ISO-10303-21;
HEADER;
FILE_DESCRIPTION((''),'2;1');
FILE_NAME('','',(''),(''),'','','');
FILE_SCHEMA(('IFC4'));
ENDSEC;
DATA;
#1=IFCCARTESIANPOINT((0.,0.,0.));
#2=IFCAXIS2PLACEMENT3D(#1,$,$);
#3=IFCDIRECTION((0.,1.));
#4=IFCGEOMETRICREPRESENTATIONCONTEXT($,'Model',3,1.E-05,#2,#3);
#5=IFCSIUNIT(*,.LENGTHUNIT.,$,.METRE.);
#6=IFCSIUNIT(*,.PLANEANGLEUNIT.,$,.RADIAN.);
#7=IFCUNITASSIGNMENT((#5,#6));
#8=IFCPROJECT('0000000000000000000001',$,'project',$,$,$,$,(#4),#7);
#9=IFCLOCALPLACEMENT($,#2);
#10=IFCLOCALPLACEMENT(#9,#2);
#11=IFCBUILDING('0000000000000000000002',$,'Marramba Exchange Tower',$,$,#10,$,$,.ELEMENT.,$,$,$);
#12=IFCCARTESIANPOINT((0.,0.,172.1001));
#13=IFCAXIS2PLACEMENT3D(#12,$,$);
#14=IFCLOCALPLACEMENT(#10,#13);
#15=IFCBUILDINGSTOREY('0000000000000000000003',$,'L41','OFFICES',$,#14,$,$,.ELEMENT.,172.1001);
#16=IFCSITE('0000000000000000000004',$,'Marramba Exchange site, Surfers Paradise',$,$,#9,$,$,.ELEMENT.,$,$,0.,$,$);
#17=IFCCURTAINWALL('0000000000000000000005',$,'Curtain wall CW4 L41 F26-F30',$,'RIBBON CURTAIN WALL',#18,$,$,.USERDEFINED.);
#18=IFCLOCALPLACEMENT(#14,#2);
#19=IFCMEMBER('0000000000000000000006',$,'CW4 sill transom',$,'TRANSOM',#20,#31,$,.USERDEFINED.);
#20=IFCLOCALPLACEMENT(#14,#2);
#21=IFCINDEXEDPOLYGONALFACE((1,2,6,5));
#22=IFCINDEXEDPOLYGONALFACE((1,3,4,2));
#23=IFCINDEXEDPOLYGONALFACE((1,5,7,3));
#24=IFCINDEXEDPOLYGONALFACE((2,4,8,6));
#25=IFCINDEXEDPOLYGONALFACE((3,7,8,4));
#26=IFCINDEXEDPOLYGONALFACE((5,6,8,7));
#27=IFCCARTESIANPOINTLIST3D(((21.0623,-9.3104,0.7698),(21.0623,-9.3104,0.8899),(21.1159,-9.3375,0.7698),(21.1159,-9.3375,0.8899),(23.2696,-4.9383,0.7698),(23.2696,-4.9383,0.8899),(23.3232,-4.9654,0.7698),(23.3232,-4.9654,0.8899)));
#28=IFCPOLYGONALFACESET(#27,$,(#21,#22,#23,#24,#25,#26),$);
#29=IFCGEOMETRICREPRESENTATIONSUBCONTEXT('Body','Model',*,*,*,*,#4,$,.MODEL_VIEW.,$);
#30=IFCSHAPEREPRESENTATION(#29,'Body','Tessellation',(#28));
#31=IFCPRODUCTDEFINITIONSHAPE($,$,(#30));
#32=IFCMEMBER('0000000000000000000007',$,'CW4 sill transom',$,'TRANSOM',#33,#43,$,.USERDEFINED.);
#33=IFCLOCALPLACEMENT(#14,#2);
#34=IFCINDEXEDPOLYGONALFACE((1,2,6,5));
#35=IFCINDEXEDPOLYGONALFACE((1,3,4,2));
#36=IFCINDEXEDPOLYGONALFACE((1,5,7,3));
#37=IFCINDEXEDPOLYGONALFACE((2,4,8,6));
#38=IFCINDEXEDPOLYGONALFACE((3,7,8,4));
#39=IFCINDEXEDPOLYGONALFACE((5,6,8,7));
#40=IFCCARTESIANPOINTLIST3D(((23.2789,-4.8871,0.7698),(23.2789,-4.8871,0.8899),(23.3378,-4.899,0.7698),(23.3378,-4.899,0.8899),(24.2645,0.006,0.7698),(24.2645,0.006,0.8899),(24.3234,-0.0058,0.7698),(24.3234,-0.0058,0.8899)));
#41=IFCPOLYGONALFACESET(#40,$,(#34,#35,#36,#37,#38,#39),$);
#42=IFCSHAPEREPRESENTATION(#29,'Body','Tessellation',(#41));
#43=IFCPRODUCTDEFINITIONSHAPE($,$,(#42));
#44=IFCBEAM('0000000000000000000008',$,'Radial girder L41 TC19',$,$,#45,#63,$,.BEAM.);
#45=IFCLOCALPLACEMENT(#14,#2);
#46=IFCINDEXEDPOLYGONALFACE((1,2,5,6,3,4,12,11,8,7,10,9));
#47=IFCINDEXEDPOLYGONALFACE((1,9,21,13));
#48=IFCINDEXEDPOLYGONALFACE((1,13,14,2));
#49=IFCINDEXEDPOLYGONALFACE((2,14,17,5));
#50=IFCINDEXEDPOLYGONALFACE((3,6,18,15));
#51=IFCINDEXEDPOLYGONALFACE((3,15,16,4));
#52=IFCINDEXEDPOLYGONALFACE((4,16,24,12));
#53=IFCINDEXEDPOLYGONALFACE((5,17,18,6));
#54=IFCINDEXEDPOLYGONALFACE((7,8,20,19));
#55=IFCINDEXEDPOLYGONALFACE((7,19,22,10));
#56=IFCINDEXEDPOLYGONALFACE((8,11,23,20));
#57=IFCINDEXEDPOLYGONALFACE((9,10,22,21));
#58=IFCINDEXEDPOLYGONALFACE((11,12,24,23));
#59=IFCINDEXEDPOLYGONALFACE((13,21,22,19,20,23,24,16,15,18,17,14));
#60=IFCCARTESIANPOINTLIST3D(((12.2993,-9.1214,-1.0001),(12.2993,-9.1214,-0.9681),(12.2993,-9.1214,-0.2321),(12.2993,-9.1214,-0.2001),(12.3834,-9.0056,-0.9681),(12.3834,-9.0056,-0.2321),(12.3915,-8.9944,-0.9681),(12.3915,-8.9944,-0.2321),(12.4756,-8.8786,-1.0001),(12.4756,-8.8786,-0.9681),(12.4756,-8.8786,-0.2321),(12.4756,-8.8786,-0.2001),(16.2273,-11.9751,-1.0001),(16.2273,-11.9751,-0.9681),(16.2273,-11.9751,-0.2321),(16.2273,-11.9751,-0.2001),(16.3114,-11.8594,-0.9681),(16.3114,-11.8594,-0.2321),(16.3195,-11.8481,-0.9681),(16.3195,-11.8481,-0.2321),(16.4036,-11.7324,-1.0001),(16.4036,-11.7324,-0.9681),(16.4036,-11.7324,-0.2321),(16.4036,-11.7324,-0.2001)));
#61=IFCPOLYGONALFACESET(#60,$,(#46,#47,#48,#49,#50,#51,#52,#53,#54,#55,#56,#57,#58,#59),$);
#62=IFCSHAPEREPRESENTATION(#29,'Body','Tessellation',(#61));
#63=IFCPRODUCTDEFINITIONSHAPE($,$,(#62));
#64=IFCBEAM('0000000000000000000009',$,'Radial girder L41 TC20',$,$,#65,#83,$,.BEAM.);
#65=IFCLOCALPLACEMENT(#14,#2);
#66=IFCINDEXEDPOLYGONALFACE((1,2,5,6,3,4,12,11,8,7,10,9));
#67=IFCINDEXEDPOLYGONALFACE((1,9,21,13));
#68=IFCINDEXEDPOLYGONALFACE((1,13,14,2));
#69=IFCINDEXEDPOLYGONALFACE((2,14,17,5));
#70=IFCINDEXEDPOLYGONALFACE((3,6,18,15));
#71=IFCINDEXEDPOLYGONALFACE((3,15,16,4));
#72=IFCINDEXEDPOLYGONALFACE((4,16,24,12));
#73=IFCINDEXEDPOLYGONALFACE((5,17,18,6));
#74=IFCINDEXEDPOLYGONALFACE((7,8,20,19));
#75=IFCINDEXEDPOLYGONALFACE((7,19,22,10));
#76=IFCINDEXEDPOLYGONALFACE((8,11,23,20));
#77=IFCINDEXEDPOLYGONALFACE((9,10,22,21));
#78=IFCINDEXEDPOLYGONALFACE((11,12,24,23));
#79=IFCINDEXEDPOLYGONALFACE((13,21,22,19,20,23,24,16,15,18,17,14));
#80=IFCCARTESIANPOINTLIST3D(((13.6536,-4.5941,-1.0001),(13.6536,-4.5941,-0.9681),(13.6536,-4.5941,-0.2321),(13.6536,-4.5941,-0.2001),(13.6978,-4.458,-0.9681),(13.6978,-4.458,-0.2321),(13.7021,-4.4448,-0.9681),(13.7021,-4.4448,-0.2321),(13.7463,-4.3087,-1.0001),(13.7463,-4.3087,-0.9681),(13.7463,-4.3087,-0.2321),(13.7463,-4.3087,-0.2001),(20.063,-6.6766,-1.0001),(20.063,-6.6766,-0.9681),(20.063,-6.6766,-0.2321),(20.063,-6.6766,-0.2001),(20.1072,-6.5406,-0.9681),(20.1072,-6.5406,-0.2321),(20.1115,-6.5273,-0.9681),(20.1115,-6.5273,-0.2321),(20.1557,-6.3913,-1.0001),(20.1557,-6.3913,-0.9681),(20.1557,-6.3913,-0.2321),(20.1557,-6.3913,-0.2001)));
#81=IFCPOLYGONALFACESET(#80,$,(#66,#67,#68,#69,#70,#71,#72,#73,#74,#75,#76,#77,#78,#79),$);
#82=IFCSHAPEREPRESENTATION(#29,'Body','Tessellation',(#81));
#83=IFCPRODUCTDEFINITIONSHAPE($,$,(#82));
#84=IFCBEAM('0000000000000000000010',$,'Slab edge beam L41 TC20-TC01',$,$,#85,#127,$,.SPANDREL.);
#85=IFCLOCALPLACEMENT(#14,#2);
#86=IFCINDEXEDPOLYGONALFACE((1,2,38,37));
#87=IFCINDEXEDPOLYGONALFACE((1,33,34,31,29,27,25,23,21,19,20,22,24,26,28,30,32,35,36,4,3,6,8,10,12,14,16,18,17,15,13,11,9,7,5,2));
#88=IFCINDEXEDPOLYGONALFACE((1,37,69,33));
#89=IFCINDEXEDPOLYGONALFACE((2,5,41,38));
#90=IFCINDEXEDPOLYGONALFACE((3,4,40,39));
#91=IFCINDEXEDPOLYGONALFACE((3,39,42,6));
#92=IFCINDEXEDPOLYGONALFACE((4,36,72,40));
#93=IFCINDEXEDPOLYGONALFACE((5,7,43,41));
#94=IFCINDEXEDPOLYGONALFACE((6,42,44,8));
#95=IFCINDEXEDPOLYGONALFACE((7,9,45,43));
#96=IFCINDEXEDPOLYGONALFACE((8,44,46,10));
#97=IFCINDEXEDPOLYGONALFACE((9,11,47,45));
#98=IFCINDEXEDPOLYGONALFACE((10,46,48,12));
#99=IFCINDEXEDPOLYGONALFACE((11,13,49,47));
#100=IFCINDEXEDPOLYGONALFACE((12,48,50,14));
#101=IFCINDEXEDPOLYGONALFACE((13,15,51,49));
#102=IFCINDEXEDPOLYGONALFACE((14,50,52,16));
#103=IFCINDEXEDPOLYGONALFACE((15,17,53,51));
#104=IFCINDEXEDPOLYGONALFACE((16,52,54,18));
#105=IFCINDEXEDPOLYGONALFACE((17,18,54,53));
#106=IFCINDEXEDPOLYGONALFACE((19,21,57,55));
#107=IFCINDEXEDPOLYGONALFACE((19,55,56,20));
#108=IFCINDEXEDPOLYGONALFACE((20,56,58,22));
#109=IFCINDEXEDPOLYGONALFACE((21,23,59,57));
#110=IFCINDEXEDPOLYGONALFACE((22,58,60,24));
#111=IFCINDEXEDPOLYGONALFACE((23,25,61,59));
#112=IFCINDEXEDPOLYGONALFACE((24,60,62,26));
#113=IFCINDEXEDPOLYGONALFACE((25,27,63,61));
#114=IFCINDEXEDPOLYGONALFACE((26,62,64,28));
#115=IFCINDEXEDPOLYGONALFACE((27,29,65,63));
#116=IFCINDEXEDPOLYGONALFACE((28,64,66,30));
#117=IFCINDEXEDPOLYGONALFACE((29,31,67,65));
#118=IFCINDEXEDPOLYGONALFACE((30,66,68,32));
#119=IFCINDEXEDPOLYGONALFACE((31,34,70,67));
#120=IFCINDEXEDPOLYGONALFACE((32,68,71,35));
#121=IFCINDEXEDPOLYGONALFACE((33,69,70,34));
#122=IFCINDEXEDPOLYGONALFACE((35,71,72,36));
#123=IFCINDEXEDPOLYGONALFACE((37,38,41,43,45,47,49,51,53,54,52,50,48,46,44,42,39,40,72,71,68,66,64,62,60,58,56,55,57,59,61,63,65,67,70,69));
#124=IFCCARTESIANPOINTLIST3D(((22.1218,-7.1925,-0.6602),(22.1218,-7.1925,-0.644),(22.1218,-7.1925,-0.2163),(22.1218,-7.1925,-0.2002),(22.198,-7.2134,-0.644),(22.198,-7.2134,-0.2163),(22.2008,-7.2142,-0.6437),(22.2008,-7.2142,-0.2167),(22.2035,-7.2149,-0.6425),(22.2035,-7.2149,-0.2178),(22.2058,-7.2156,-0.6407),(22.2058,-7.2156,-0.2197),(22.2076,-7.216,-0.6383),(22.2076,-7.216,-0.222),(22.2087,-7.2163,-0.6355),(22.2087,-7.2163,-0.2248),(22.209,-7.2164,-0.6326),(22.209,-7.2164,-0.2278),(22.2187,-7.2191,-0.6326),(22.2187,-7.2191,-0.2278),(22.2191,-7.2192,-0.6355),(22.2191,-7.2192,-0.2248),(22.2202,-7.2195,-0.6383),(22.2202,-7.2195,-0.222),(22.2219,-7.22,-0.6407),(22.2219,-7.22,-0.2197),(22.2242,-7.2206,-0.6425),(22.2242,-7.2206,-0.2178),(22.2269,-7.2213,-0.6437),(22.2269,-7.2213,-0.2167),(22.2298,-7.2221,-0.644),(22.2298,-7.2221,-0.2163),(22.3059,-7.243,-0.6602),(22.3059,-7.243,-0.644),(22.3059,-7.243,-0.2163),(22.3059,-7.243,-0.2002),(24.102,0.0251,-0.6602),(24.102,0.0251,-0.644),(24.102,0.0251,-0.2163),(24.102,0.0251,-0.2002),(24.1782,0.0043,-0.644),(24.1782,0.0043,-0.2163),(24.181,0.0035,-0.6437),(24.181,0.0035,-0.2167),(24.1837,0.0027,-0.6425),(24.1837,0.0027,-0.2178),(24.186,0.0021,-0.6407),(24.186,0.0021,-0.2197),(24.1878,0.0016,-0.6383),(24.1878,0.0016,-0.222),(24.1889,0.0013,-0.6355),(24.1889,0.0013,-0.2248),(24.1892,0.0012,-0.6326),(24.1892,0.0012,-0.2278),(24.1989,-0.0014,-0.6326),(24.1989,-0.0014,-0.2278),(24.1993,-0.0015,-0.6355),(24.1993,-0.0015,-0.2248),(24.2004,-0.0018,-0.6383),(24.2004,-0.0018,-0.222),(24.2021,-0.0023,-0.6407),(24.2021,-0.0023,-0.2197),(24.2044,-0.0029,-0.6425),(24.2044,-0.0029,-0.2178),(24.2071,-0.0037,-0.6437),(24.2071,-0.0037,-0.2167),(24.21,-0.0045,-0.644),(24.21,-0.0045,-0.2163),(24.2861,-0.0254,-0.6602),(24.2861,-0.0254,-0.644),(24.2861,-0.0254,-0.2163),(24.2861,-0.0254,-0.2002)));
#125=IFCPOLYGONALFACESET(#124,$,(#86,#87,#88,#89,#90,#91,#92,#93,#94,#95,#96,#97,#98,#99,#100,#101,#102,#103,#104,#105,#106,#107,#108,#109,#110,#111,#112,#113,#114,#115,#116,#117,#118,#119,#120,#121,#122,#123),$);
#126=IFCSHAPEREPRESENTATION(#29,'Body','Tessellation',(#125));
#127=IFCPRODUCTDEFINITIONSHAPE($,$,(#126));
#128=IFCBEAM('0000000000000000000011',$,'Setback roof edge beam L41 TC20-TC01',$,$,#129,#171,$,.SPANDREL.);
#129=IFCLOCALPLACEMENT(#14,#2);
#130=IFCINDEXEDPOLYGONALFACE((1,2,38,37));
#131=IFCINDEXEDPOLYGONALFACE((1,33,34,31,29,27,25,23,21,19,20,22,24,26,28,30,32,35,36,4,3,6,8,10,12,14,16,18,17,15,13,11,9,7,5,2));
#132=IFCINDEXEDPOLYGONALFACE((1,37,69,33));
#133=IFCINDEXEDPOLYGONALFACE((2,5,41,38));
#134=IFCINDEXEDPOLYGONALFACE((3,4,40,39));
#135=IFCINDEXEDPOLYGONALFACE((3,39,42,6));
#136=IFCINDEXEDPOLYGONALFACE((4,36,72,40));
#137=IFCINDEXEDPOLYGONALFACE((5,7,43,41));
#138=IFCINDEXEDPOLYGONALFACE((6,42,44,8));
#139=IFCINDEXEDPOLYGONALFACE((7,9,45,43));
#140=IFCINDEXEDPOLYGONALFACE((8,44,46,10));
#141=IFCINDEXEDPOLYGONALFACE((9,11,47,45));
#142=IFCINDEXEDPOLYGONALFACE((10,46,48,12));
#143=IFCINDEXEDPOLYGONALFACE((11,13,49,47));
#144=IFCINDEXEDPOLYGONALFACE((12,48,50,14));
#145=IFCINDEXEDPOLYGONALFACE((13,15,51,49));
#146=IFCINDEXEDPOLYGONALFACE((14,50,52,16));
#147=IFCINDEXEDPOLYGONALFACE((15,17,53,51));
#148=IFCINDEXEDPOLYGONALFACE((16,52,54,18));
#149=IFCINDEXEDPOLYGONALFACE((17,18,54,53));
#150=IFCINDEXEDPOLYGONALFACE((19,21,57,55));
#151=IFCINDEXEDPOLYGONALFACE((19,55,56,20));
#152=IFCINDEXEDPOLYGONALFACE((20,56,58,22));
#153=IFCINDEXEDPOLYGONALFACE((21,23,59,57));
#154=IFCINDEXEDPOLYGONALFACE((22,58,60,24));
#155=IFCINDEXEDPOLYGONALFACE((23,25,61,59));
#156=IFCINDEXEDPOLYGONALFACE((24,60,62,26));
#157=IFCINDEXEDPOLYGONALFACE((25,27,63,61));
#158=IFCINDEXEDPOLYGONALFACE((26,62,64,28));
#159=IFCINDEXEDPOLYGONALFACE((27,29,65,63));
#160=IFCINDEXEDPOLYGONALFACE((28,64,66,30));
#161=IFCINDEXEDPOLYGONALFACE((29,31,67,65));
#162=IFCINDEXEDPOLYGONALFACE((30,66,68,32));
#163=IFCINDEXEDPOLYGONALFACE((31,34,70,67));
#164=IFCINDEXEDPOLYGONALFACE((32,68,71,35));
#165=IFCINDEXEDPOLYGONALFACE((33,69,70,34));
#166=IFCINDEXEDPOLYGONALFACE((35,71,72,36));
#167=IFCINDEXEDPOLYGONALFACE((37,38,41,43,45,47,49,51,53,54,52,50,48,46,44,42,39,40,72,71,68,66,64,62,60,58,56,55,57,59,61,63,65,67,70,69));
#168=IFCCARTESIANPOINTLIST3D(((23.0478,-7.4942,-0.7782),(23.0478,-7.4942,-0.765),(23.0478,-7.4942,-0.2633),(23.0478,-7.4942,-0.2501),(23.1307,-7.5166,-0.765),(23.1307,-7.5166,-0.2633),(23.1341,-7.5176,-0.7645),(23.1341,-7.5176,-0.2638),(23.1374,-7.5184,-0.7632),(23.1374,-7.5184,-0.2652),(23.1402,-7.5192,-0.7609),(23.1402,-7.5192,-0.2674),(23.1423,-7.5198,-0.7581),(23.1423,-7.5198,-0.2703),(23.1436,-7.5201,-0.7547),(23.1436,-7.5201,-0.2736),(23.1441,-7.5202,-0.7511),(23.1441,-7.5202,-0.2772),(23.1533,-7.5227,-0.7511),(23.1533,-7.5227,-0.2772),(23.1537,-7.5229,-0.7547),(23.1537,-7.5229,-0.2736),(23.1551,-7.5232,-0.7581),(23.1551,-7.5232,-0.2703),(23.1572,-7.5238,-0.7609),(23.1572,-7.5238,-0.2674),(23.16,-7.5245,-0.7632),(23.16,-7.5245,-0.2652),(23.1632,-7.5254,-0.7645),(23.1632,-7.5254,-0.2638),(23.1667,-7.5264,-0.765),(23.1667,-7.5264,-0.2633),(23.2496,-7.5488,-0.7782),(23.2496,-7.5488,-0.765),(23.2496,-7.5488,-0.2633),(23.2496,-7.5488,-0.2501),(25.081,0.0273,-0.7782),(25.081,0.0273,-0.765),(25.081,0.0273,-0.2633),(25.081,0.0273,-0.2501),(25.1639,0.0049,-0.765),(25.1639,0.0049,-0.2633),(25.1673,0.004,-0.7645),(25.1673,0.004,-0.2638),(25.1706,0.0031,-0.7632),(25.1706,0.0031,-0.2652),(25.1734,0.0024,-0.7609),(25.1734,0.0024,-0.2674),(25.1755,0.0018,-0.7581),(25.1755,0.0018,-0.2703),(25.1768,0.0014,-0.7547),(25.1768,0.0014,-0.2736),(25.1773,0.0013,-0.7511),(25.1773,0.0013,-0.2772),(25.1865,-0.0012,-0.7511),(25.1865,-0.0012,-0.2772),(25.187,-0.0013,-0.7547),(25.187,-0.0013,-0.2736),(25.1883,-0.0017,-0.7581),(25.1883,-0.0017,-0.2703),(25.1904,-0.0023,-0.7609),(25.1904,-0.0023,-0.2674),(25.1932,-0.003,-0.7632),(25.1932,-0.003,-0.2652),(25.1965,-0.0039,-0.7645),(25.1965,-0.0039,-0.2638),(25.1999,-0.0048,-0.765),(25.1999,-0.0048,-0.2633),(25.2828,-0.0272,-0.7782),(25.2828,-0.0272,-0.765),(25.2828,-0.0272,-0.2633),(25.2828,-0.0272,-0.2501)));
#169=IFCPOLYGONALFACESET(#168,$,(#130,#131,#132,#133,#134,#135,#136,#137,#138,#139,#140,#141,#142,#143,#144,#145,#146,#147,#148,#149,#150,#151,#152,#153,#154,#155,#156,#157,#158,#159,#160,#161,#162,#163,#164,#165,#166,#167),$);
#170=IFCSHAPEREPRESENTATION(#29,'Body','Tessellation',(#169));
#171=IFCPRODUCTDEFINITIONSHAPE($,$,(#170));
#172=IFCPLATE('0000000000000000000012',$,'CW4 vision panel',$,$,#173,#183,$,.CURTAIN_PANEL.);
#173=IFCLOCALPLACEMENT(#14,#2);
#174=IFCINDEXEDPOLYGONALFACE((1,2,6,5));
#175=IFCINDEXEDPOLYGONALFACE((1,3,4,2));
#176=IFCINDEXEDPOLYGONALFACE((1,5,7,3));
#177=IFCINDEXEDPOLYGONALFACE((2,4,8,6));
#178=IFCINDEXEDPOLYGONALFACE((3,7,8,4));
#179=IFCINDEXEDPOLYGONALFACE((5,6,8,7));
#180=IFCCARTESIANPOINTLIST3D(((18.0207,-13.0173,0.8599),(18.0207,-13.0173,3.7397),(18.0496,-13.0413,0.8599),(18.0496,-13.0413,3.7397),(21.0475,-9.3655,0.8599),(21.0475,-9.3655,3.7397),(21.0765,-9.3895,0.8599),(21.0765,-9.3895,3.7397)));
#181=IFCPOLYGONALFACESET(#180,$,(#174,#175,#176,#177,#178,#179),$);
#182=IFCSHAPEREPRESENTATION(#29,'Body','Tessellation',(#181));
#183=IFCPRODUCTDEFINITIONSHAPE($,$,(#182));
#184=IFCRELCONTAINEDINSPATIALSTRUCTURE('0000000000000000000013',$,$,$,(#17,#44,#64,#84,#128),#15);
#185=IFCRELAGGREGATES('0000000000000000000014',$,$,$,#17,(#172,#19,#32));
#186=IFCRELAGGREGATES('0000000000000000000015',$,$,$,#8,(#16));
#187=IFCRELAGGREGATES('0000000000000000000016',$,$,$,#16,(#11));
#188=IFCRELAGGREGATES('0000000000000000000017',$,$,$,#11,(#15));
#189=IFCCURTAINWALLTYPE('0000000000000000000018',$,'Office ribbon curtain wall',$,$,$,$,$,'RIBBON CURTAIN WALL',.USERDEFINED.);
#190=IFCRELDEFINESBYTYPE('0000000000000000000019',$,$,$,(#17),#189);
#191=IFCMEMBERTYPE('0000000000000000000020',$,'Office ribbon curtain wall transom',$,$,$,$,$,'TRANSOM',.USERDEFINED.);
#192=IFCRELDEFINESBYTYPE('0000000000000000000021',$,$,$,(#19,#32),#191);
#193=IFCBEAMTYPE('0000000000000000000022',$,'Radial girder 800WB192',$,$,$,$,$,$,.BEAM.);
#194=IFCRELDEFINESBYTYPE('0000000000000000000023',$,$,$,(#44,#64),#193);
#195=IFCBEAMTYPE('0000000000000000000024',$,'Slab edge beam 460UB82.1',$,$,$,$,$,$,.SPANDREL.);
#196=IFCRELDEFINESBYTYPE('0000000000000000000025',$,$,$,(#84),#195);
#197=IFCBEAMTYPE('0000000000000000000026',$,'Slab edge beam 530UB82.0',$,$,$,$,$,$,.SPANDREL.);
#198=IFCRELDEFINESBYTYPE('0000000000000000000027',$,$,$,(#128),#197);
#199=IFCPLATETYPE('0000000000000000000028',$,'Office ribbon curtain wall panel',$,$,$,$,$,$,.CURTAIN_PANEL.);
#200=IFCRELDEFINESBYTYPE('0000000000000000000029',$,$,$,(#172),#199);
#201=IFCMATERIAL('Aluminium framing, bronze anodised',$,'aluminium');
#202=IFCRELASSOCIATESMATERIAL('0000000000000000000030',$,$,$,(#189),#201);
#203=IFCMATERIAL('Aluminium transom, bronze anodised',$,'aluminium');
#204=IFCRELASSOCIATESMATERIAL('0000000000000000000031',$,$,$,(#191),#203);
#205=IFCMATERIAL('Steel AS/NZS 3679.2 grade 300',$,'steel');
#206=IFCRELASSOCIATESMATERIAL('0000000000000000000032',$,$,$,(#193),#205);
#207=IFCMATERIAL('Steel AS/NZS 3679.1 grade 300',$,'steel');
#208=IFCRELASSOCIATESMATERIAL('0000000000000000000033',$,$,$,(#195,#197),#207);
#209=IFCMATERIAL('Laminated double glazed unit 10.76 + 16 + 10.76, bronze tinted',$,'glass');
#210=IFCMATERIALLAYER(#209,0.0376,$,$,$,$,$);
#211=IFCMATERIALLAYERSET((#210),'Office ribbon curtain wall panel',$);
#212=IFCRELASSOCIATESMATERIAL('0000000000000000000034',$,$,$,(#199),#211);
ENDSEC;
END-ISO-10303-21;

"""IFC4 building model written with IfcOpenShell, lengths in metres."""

from ifc_helpers import new_model, si_unit, direction, frame, origin, origin_2d, place, context, subcontext, project, spatial, rectangle, i_section, extrude, material, layer, layer_set, material_profile, profile_set, type_object, element, aggregate, save


model = new_model("IFC4")

# Units and contexts
model_context = context("Model", 3, precision=1e-05, world=origin(), true_north=direction((0.0, 1.0)))
body_context = subcontext(model_context, "Body", "Model", "MODEL_VIEW")
ifc_project = project(units=[si_unit("LENGTHUNIT", "METRE"), si_unit("PLANEANGLEUNIT", "RADIAN")], contexts=[model_context])

# Site, building, storey
site_placement = place(None, origin())
site = spatial("IfcSite", under=ifc_project, at=site_placement, Name="Marramba Exchange site, Surfers Paradise", CompositionType="ELEMENT", RefElevation=0.0)
building_placement = place(site_placement, origin())
building = spatial("IfcBuilding", under=site, at=building_placement, Name="Marramba Exchange Tower", CompositionType="ELEMENT")
storey_placement = place(building_placement, frame((0.0, 0.0, 172.1001)))
storey = spatial("IfcBuildingStorey", under=building, at=storey_placement, Name="L41", Description="OFFICES", CompositionType="ELEMENT", Elevation=172.1001)

# Shared definitions
ifc_material_1 = material(Name="Steel AS/NZS 3679.2 grade 300", Category="steel")

# Shared definitions
ifc_material_2 = material(Name="Steel AS/NZS 3679.1 grade 300", Category="steel")

# Curtain wall, members
ifc_material_3 = material(Name="Aluminium framing, bronze anodised", Category="aluminium")
curtain_wall_type = type_object("IfcCurtainWallType", Name="Office ribbon curtain wall", ElementType="RIBBON CURTAIN WALL", PredefinedType="USERDEFINED", material=ifc_material_3)
curtain_wall_placement = place(storey_placement, origin())
curtain_wall = element("IfcCurtainWall", 1, at=curtain_wall_placement, inside=storey, type_object=curtain_wall_type, Name="Curtain wall CW4 L41 F26-F30", ObjectType="RIBBON CURTAIN WALL", PredefinedType="USERDEFINED")
ifc_material_4 = material(Name="Aluminium transom, bronze anodised", Category="aluminium")
ifc_material_profile_1 = material_profile(ifc_material_4, rectangle(XDim=0.0601, YDim=0.1201, at=origin_2d()), Name="CW4 transom 60x120")
ifc_profile_set_1 = profile_set([ifc_material_profile_1], Name="Aluminium transom, bronze anodised")
member_type_1 = type_object("IfcMemberType", Name="Office ribbon curtain wall transom", ElementType="TRANSOM", PredefinedType="USERDEFINED", material=ifc_profile_set_1)
member_1_placement = place(storey_placement, frame((21.0891, -9.324, 0.8298), z_axis=(0.45068, 0.892686, 0.0), x_axis=(-0.892686, 0.45068, 0.0)))
member_1 = element("IfcMember", 2, at=member_1_placement, type_object=member_type_1, Name="CW4 sill transom", ObjectType="TRANSOM", PredefinedType="USERDEFINED", context=body_context, shape_type="SweptSolid", body=[
    extrude(rectangle(XDim=0.0601, YDim=0.1201, at=origin_2d()), origin(), (0.0, 0.0, 1.0), 4.8977),
])
member_2_placement = place(storey_placement, frame((23.3083, -4.8931, 0.8298), z_axis=(0.197461, 0.980311, 0.0), x_axis=(-0.980311, 0.197461, 0.0)))
member_2 = element("IfcMember", 3, at=member_2_placement, type_object=member_type_1, Name="CW4 sill transom", ObjectType="TRANSOM", PredefinedType="USERDEFINED", context=body_context, shape_type="SweptSolid", body=[
    extrude(rectangle(XDim=0.0601, YDim=0.1201, at=origin_2d()), origin(), (0.0, 0.0, 1.0), 4.9915),
])

# Beams
ifc_material_profile_2 = material_profile(ifc_material_1, i_section(OverallWidth=0.3, OverallDepth=0.8, WebThickness=0.0139, FlangeThickness=0.032, at=origin_2d()), Name="800WB192")
ifc_profile_set_2 = profile_set([ifc_material_profile_2], Name="Steel AS/NZS 3679.2 grade 300")
beam_type_1 = type_object("IfcBeamType", Name="Radial girder 800WB192", PredefinedType="BEAM", material=ifc_profile_set_2)
beam_1_placement = place(storey_placement, frame((12.3875, -9.0, -0.6001), z_axis=(0.809025, -0.587774, 0.0), x_axis=(0.587774, 0.809025, 0.0)))
element("IfcBeam", 4, at=beam_1_placement, inside=storey, type_object=beam_type_1, Name="Radial girder L41 TC19", PredefinedType="BEAM", context=body_context, shape_type="SweptSolid", body=[
    extrude(i_section(OverallWidth=0.3, OverallDepth=0.8, WebThickness=0.0139, FlangeThickness=0.032, at=origin_2d()), origin(), (0.0, 0.0, 1.0), 4.8552),
])
beam_2_placement = place(storey_placement, frame((13.7, -4.4514, -0.6001), z_axis=(0.951058, -0.309013, 0.0), x_axis=(0.309013, 0.951058, 0.0)))
element("IfcBeam", 5, at=beam_2_placement, inside=storey, type_object=beam_type_1, Name="Radial girder L41 TC20", PredefinedType="BEAM", context=body_context, shape_type="SweptSolid", body=[
    extrude(i_section(OverallWidth=0.3, OverallDepth=0.8, WebThickness=0.0139, FlangeThickness=0.032, at=origin_2d()), origin(), (0.0, 0.0, 1.0), 6.7393),
])
ifc_material_profile_3 = material_profile(ifc_material_2, i_section(OverallWidth=0.1909, OverallDepth=0.46, WebThickness=0.01, FlangeThickness=0.0161, FilletRadius=0.0115, at=origin_2d()), Name="460UB82.1")
ifc_profile_set_3 = profile_set([ifc_material_profile_3], Name="Steel AS/NZS 3679.1 grade 300")
beam_type_2 = type_object("IfcBeamType", Name="Slab edge beam 460UB82.1", PredefinedType="SPANDREL", material=ifc_profile_set_3)
beam_3_placement = place(storey_placement, frame((22.2139, -7.2178, -0.4302), z_axis=(0.264577, 0.964365, 0.0), x_axis=(-0.964365, 0.264577, 0.0)))
element("IfcBeam", 6, at=beam_3_placement, inside=storey, type_object=beam_type_2, Name="Slab edge beam L41 TC20-TC01", PredefinedType="SPANDREL", context=body_context, shape_type="SweptSolid", body=[
    extrude(i_section(OverallWidth=0.1909, OverallDepth=0.46, WebThickness=0.01, FlangeThickness=0.0161, FilletRadius=0.0115, at=origin_2d()), origin(), (0.0, 0.0, 1.0), 7.4844),
])
ifc_material_profile_4 = material_profile(ifc_material_2, i_section(OverallWidth=0.209, OverallDepth=0.5281, WebThickness=0.0095, FlangeThickness=0.0132, FilletRadius=0.0139, at=origin_2d()), Name="530UB82.0")
ifc_profile_set_4 = profile_set([ifc_material_profile_4], Name="Steel AS/NZS 3679.1 grade 300")
beam_type_3 = type_object("IfcBeamType", Name="Slab edge beam 530UB82.0", PredefinedType="SPANDREL", material=ifc_profile_set_4)
beam_4_placement = place(storey_placement, frame((23.1487, -7.5215, -0.5142), z_axis=(0.260953, 0.965351, 0.0), x_axis=(-0.965351, 0.260953, 0.0)))
element("IfcBeam", 7, at=beam_4_placement, inside=storey, type_object=beam_type_3, Name="Setback roof edge beam L41 TC20-TC01", PredefinedType="SPANDREL", context=body_context, shape_type="SweptSolid", body=[
    extrude(i_section(OverallWidth=0.209, OverallDepth=0.5281, WebThickness=0.0095, FlangeThickness=0.0132, FilletRadius=0.0139, at=origin_2d()), origin(), (0.0, 0.0, 1.0), 7.7915),
])

# Plate
ifc_material_5 = material(Name="Laminated double glazed unit 10.76 + 16 + 10.76, bronze tinted", Category="glass")
ifc_layer_1 = layer(ifc_material_5, 0.0376)
ifc_layer_set_1 = layer_set([ifc_layer_1], Name="Office ribbon curtain wall panel")
plate_type = type_object("IfcPlateType", Name="Office ribbon curtain wall panel", PredefinedType="CURTAIN_PANEL", material=ifc_layer_set_1)
plate_1_placement = place(storey_placement, frame((19.5486, -11.2034, 0.8599), z_axis=(0.0, 0.0, 1.0), x_axis=(0.63815, 0.769912, 0.0)))
plate_1 = element("IfcPlate", 8, at=plate_1_placement, type_object=plate_type, Name="CW4 vision panel", PredefinedType="CURTAIN_PANEL", context=body_context, shape_type="SweptSolid", body=[
    extrude(rectangle(XDim=4.7432, YDim=0.0376, at=origin_2d()), origin(), (0.0, 0.0, 1.0), 2.8799),
])
aggregate(curtain_wall, [plate_1, member_1, member_2])

save(model, "model.ifc")
